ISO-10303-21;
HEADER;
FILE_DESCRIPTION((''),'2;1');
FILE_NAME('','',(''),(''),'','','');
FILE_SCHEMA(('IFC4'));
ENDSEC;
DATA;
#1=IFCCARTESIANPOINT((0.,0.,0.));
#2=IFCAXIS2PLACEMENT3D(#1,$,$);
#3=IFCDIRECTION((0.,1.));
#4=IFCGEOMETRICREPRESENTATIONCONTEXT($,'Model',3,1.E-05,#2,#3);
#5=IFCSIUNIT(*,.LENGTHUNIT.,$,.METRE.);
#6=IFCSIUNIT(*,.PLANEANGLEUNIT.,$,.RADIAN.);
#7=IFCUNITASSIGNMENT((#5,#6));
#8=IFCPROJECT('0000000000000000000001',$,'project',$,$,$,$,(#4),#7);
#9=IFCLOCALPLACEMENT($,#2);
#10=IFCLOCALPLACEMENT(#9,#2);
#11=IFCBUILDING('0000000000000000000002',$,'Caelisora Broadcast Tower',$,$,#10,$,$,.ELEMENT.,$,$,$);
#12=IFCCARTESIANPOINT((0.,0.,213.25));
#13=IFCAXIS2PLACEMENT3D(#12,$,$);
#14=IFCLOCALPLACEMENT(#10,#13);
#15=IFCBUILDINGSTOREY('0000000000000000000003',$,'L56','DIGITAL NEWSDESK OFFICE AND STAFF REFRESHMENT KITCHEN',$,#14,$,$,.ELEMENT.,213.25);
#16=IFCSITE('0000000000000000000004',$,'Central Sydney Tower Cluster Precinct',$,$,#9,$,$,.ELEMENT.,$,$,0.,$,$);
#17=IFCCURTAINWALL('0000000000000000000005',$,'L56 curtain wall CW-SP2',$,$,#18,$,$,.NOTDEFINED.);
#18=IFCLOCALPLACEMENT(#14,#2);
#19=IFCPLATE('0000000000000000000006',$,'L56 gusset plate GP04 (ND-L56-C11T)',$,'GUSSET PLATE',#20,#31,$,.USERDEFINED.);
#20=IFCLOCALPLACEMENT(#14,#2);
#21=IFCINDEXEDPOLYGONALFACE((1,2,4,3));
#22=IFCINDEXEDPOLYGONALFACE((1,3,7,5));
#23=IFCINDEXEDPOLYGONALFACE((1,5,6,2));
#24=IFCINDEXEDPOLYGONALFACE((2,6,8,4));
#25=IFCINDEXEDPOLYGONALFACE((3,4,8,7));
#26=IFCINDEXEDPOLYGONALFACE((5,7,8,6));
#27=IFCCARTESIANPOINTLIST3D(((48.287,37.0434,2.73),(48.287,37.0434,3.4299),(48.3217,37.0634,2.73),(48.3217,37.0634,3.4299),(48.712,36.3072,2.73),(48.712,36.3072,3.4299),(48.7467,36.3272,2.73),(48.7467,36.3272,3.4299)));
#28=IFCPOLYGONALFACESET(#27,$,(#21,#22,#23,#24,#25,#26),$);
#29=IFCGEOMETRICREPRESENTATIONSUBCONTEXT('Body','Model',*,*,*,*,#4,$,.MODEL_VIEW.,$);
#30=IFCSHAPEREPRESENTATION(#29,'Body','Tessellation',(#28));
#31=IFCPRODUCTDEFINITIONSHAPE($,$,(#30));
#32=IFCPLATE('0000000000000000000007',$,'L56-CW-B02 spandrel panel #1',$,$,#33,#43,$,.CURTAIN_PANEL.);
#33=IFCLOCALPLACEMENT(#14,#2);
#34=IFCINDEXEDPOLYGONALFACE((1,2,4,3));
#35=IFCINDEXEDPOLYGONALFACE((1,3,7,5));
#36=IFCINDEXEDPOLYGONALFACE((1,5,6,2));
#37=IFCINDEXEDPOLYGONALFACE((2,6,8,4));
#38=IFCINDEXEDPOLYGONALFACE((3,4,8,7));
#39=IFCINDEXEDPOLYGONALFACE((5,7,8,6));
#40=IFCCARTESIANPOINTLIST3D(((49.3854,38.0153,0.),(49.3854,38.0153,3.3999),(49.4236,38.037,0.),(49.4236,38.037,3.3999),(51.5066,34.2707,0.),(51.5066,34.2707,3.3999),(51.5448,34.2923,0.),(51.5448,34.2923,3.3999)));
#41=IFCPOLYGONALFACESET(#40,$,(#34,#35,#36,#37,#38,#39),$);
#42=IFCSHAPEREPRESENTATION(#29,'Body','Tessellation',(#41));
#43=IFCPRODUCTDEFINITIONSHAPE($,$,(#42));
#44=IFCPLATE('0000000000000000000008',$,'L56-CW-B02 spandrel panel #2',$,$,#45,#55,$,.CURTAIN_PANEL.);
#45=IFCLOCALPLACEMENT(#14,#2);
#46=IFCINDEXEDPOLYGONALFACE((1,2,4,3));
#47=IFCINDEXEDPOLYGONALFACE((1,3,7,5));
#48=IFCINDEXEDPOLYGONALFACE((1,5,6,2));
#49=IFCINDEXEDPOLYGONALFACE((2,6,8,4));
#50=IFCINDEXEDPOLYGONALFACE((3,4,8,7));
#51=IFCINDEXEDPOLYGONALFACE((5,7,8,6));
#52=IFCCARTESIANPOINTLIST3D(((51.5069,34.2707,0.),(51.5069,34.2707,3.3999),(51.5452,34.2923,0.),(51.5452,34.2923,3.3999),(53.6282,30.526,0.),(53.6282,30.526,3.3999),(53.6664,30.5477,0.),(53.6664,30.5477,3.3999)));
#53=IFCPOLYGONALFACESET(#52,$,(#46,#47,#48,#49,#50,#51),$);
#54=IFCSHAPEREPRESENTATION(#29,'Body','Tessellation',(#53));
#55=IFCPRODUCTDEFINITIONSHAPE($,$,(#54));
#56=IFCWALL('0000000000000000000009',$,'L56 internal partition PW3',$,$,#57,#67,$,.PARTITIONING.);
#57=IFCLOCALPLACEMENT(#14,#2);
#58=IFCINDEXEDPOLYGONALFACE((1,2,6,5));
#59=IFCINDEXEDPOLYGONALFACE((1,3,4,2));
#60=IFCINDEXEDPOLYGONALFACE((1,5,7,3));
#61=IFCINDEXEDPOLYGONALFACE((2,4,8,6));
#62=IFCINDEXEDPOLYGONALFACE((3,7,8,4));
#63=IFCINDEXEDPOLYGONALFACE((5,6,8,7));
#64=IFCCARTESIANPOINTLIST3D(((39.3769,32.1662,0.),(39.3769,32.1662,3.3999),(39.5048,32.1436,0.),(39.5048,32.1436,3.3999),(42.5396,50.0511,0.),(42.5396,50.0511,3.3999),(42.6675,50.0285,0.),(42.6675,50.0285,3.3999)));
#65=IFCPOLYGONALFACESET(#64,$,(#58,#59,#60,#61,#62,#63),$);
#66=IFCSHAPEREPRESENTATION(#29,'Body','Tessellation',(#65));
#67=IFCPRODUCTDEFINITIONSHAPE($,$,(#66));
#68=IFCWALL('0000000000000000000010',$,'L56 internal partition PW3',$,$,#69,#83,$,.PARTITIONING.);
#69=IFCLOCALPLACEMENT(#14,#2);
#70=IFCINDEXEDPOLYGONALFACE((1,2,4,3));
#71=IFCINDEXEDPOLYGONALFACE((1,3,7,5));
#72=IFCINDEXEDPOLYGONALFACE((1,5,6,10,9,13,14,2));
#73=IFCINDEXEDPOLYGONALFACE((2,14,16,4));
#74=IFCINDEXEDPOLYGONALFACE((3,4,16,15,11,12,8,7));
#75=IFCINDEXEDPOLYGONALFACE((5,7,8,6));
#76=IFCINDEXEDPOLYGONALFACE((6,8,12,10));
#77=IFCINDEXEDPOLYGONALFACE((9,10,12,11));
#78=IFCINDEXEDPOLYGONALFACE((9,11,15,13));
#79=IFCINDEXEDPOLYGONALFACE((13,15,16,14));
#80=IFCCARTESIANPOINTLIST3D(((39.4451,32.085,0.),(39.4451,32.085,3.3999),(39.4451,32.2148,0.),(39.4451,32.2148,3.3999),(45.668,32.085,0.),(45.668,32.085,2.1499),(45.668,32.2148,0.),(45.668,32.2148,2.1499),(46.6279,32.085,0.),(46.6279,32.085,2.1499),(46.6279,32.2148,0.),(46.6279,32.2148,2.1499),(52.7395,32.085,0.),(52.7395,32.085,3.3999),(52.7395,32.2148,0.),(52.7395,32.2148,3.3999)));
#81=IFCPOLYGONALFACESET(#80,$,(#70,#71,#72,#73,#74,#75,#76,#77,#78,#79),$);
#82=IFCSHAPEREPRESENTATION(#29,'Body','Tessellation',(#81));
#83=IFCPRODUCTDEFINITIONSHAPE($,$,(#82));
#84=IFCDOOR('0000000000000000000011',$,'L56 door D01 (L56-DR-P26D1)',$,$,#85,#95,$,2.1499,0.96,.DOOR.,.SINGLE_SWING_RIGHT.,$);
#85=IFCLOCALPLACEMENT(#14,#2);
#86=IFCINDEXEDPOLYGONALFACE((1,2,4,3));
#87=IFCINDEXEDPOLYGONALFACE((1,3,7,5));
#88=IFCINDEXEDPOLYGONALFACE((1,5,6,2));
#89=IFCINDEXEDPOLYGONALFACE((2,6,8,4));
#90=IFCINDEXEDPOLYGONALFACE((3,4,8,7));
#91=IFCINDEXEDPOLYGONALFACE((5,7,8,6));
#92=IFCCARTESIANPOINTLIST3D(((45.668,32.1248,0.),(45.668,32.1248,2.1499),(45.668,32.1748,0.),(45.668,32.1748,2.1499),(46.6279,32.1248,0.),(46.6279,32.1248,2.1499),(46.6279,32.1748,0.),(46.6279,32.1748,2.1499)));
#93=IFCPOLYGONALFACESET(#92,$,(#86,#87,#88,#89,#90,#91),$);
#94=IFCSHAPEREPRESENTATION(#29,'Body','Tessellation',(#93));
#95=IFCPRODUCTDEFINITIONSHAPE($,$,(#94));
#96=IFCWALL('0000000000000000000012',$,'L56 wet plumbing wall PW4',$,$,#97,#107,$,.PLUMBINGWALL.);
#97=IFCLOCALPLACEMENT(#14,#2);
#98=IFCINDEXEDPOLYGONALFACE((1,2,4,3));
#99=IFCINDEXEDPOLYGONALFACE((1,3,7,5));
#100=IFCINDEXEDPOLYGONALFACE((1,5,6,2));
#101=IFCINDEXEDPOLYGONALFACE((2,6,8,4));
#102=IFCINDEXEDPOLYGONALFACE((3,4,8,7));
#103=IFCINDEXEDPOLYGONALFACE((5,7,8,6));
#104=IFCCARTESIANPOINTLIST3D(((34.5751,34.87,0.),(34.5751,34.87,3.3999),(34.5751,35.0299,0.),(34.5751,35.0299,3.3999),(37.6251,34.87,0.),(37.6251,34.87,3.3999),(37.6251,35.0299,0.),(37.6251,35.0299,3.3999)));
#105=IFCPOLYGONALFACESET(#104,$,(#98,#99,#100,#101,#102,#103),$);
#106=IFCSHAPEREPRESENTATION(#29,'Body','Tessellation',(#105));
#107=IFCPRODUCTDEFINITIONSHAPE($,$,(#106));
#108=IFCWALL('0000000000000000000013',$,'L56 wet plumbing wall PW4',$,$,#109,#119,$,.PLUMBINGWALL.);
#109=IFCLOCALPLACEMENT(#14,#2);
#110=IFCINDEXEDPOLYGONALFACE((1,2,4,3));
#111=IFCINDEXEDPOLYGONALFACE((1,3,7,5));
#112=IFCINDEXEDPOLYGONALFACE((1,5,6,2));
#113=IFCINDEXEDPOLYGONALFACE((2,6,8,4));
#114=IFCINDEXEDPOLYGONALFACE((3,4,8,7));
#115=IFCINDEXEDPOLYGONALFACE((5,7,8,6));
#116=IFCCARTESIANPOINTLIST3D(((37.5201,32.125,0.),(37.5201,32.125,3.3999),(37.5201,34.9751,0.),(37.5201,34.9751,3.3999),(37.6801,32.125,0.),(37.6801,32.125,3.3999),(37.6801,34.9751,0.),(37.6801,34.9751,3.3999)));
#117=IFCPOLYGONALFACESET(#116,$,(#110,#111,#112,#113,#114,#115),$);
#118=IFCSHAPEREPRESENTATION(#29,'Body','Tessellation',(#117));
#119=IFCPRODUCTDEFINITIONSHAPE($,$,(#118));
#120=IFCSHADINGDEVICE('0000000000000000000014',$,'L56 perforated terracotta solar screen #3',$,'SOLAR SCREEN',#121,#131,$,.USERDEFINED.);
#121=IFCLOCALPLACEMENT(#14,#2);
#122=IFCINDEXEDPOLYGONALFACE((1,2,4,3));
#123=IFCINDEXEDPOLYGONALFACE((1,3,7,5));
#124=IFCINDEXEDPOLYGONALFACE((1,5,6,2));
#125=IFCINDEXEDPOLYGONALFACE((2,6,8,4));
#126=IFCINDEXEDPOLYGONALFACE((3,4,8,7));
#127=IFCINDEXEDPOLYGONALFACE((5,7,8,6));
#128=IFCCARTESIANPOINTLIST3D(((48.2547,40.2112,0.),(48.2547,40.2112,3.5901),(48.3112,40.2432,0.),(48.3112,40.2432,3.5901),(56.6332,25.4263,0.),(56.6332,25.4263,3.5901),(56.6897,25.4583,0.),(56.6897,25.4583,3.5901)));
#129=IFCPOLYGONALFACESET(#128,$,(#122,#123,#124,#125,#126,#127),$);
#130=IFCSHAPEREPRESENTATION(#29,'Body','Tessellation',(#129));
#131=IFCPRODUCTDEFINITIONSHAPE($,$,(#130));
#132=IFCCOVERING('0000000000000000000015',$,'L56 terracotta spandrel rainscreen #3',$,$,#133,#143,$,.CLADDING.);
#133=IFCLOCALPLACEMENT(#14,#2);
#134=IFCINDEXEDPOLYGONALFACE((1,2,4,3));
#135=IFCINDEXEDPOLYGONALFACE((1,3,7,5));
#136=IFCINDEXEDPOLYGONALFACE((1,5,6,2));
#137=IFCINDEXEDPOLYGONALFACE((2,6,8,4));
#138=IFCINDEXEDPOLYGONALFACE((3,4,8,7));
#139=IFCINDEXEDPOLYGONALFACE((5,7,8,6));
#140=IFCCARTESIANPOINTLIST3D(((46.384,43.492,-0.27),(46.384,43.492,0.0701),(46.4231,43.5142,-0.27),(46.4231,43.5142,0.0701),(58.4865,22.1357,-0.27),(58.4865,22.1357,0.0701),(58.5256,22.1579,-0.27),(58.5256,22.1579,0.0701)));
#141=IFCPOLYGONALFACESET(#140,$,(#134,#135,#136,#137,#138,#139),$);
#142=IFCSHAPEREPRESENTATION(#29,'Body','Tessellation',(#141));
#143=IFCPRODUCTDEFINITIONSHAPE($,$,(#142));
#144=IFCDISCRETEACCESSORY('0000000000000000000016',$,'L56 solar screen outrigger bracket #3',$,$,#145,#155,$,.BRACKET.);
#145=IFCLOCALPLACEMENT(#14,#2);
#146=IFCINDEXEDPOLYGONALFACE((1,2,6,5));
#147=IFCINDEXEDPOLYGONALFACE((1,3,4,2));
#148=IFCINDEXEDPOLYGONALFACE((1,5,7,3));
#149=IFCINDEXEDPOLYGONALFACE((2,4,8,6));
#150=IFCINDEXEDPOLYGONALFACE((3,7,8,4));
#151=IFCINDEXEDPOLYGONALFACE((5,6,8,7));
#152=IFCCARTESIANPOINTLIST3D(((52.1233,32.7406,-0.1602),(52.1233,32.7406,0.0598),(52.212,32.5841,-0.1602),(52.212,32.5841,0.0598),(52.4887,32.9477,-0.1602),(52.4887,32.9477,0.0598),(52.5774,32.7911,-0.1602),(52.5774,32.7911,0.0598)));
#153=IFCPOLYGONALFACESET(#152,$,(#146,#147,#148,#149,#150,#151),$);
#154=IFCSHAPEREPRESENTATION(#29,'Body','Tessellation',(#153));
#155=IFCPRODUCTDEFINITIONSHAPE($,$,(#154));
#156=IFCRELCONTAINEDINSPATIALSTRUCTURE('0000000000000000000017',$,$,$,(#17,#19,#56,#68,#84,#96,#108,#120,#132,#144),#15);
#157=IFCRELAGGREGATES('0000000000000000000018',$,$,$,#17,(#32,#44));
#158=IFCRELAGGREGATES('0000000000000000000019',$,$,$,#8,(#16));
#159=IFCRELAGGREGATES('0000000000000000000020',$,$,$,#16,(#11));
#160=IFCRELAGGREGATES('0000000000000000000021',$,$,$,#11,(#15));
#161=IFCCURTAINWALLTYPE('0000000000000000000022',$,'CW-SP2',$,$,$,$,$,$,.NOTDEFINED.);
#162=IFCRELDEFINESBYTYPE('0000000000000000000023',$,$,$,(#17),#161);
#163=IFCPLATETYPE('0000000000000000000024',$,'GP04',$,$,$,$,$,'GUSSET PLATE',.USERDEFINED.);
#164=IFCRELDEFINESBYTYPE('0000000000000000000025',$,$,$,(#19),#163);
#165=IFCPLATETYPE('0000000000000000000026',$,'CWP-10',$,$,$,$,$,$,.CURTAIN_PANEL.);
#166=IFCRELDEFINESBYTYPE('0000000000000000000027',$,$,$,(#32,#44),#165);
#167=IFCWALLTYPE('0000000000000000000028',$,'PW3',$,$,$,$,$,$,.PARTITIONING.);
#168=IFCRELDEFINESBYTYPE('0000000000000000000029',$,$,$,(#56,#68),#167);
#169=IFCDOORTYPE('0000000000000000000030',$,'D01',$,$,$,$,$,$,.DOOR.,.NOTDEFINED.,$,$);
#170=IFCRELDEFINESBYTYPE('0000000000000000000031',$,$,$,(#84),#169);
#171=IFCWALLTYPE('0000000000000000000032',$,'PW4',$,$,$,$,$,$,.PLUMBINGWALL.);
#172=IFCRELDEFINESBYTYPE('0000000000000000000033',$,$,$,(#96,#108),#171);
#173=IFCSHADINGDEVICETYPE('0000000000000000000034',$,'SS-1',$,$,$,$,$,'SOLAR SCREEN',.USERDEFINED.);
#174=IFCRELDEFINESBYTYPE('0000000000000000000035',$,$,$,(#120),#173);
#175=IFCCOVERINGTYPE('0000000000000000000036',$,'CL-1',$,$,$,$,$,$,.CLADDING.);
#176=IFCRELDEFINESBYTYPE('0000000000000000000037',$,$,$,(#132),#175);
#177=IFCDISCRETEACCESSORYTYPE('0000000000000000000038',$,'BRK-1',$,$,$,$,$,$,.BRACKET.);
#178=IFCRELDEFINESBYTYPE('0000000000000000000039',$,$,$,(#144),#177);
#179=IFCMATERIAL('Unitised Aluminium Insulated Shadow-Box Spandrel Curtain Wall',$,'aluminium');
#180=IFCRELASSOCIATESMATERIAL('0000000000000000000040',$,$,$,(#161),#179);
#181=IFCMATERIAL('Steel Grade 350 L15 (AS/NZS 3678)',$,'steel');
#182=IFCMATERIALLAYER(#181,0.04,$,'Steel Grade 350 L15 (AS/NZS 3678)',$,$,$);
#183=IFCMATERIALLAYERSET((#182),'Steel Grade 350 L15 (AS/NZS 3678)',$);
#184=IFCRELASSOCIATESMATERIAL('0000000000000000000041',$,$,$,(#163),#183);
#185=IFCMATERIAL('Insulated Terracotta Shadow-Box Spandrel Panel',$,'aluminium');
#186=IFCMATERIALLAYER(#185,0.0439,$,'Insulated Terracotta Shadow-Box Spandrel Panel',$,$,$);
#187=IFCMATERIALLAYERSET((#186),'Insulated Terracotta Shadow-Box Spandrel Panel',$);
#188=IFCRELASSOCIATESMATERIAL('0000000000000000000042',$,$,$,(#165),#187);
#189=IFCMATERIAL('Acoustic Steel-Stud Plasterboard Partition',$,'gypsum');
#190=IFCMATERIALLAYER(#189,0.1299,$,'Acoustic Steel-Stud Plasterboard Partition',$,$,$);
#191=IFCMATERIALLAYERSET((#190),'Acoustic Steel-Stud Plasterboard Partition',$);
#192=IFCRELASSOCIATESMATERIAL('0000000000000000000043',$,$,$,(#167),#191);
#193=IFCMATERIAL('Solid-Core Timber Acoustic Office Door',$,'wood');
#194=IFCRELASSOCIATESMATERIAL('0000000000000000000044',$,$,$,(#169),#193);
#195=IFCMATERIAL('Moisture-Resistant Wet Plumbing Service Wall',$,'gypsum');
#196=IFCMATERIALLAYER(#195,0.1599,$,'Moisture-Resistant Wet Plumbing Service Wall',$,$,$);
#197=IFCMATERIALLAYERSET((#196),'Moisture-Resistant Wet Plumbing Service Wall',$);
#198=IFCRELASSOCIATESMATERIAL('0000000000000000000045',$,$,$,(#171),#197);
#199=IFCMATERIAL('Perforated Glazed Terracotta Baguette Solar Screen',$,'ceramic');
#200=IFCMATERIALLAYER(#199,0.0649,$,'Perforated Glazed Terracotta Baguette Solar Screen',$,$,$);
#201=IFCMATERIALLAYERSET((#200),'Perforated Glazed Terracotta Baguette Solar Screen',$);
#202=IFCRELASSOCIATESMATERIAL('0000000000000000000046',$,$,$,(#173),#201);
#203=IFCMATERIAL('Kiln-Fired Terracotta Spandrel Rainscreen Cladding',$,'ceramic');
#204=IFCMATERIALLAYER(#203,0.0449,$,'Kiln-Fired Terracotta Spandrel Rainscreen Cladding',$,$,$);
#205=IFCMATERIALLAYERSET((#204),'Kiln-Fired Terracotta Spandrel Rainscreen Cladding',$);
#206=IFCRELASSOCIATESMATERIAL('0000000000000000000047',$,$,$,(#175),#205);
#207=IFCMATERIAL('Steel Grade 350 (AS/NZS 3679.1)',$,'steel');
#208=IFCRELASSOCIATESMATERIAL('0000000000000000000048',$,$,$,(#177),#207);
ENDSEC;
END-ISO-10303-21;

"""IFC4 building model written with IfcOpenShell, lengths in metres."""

from ifc_helpers import new_model, si_unit, direction, frame, frame_2d, origin, origin_2d, place, context, subcontext, project, spatial, rectangle, extrude, source, transform, mapped, material, layer, layer_set, type_object, type_shapes, element, fill, aggregate, save


model = new_model("IFC4")

# Units and contexts
model_context = context("Model", 3, precision=1e-05, world=origin(), true_north=direction((0.0, 1.0)))
body_context = subcontext(model_context, "Body", "Model", "MODEL_VIEW")
ifc_project = project(units=[si_unit("LENGTHUNIT", "METRE"), si_unit("PLANEANGLEUNIT", "RADIAN")], contexts=[model_context])

# Site, building, storey
site_placement = place(None, origin())
site = spatial("IfcSite", under=ifc_project, at=site_placement, Name="Central Sydney Tower Cluster Precinct", CompositionType="ELEMENT", RefElevation=0.0)
building_placement = place(site_placement, origin())
building = spatial("IfcBuilding", under=site, at=building_placement, Name="Caelisora Broadcast Tower", CompositionType="ELEMENT")
storey_placement = place(building_placement, frame((0.0, 0.0, 213.25)))
storey = spatial("IfcBuildingStorey", under=building, at=storey_placement, Name="L56", Description="DIGITAL NEWSDESK OFFICE AND STAFF REFRESHMENT KITCHEN", CompositionType="ELEMENT", Elevation=213.25)

# Shared definitions
ifc_material_1 = material(Name="Steel Grade 350 L15 (AS/NZS 3678)", Category="steel")

# Shared definitions
ifc_material_2 = material(Name="Steel Grade 350 (AS/NZS 3679.1)", Category="steel")

# Curtain wall
ifc_material_3 = material(Name="Unitised Aluminium Insulated Shadow-Box Spandrel Curtain Wall", Category="aluminium")
curtain_wall_type = type_object("IfcCurtainWallType", Name="CW-SP2", PredefinedType="NOTDEFINED", material=ifc_material_3)
curtain_wall_placement = place(storey_placement, origin())
curtain_wall = element("IfcCurtainWall", 1, at=curtain_wall_placement, inside=storey, type_object=curtain_wall_type, Name="L56 curtain wall CW-SP2", PredefinedType="NOTDEFINED")

# Plates
ifc_layer_1 = layer(ifc_material_1, 0.04, Name="Steel Grade 350 L15 (AS/NZS 3678)")
ifc_layer_set_1 = layer_set([ifc_layer_1], Name="Steel Grade 350 L15 (AS/NZS 3678)")
plate_type_1 = type_object("IfcPlateType", Name="GP04", ElementType="GUSSET PLATE", PredefinedType="USERDEFINED", material=ifc_layer_set_1)
shared_shape_1 = source(origin(), body_context, "Body", "SweptSolid", [
    extrude(rectangle(XDim=0.8501, YDim=0.04, at=origin_2d()), origin(), (0.0, 0.0, 1.0), 0.7),
])
type_shapes(plate_type_1, [shared_shape_1])
plate_1_placement = place(storey_placement, frame((48.5168, 36.6853, 2.73), z_axis=(0.0, 0.0, 1.0), x_axis=(-0.5, 0.866025, 0.0)))
element("IfcPlate", 2, at=plate_1_placement, inside=storey, type_object=plate_type_1, Name="L56 gusset plate GP04 (ND-L56-C11T)", ObjectType="GUSSET PLATE", PredefinedType="USERDEFINED", context=body_context, shape_type="MappedRepresentation", body=[
    mapped(shared_shape_1, transform((0.0, 0.0, 0.0), scale=1.0)),
])
ifc_material_4 = material(Name="Insulated Terracotta Shadow-Box Spandrel Panel", Category="aluminium")
ifc_layer_2 = layer(ifc_material_4, 0.0439, Name="Insulated Terracotta Shadow-Box Spandrel Panel")
ifc_layer_set_2 = layer_set([ifc_layer_2], Name="Insulated Terracotta Shadow-Box Spandrel Panel")
plate_type_2 = type_object("IfcPlateType", Name="CWP-10", PredefinedType="CURTAIN_PANEL", material=ifc_layer_set_2)
shared_shape_2 = source(origin(), body_context, "Body", "SweptSolid", [
    extrude(rectangle(XDim=4.3037, YDim=0.0439, at=origin_2d()), origin(), (0.0, 0.0, 1.0), 3.3999),
])
type_shapes(plate_type_2, [shared_shape_2])
plate_2_placement = place(storey_placement, frame((50.4651, 36.1538, 0.0), z_axis=(0.0, 0.0, 1.0), x_axis=(0.492879, -0.870098, 0.0)))
plate_2 = element("IfcPlate", 3, at=plate_2_placement, type_object=plate_type_2, Name="L56-CW-B02 spandrel panel #1", PredefinedType="CURTAIN_PANEL", context=body_context, shape_type="MappedRepresentation", body=[
    mapped(shared_shape_2, transform((0.0, 0.0, 0.0), scale=1.0)),
])
plate_3_placement = place(storey_placement, frame((52.5867, 32.4092, 0.0), z_axis=(0.0, 0.0, 1.0), x_axis=(0.492879, -0.870098, 0.0)))
plate_3 = element("IfcPlate", 4, at=plate_3_placement, type_object=plate_type_2, Name="L56-CW-B02 spandrel panel #2", PredefinedType="CURTAIN_PANEL", context=body_context, shape_type="MappedRepresentation", body=[
    mapped(shared_shape_2, transform((0.0, 0.0, 0.0), scale=1.0)),
])
aggregate(curtain_wall, [plate_2, plate_3])

# Wall
ifc_material_5 = material(Name="Acoustic Steel-Stud Plasterboard Partition", Category="gypsum")
ifc_layer_3 = layer(ifc_material_5, 0.1299, Name="Acoustic Steel-Stud Plasterboard Partition")
ifc_layer_set_3 = layer_set([ifc_layer_3], Name="Acoustic Steel-Stud Plasterboard Partition")
wall_type_1 = type_object("IfcWallType", Name="PW3", PredefinedType="PARTITIONING", material=ifc_layer_set_3)
wall_1_placement = place(storey_placement, frame((39.4409, 32.155, 0.0), z_axis=(0.0, 0.0, 1.0), x_axis=(0.17413, 0.984723, 0.0)))
element("IfcWall", 5, at=wall_1_placement, inside=storey, type_object=wall_type_1, Name="L56 internal partition PW3", PredefinedType="PARTITIONING", context=body_context, shape_type="SweptSolid", body=[
    extrude(rectangle(XDim=18.1624, YDim=0.1299, at=frame_2d((9.0811, 0.0))), origin(), (0.0, 0.0, 1.0), 3.3999),
])

# Wall, opening, door
wall_2_placement = place(storey_placement, frame((39.4451, 32.1499, 0.0), z_axis=(0.0, 0.0, 1.0), x_axis=(1.0, 0.0, 0.0)))
wall_2 = element("IfcWall", 6, at=wall_2_placement, inside=storey, type_object=wall_type_1, Name="L56 internal partition PW3", PredefinedType="PARTITIONING", context=body_context, shape_type="SweptSolid", body=[
    extrude(rectangle(XDim=13.2944, YDim=0.1299, at=frame_2d((6.6472, 0.0))), origin(), (0.0, 0.0, 1.0), 3.3999),
])
opening_1_placement = place(wall_2_placement, frame((6.2229, 0.0, 0.0)))
opening_1 = element("IfcOpeningElement", 7, at=opening_1_placement, cuts=wall_2, PredefinedType="OPENING", context=body_context, shape_type="SweptSolid", body=[
    extrude(rectangle(XDim=0.96, YDim=2.1499, at=frame_2d((0.48, 1.075))), frame((0.0, 0.0769, 0.0), z_axis=(0.0, -1.0, 0.0), x_axis=(1.0, 0.0, 0.0)), (0.0, 0.0, 1.0), 0.1538),
])
ifc_material_6 = material(Name="Solid-Core Timber Acoustic Office Door", Category="wood")
door_type = type_object("IfcDoorType", Name="D01", OperationType="NOTDEFINED", PredefinedType="DOOR", material=ifc_material_6)
door_1_placement = place(opening_1_placement, origin())
door_1 = element("IfcDoor", 8, at=door_1_placement, inside=storey, type_object=door_type, Name="L56 door D01 (L56-DR-P26D1)", OperationType="SINGLE_SWING_RIGHT", OverallHeight=2.1499, OverallWidth=0.96, PredefinedType="DOOR", context=body_context, shape_type="SweptSolid", body=[
    extrude(rectangle(XDim=0.96, YDim=2.1499, at=frame_2d((0.48, 1.075))), frame((0.0, 0.0249, 0.0), z_axis=(0.0, -1.0, 0.0), x_axis=(1.0, 0.0, 0.0)), (0.0, 0.0, 1.0), 0.05),
])
fill(opening_1, door_1)

# Walls
ifc_material_7 = material(Name="Moisture-Resistant Wet Plumbing Service Wall", Category="gypsum")
ifc_layer_4 = layer(ifc_material_7, 0.1599, Name="Moisture-Resistant Wet Plumbing Service Wall")
ifc_layer_set_4 = layer_set([ifc_layer_4], Name="Moisture-Resistant Wet Plumbing Service Wall")
wall_type_2 = type_object("IfcWallType", Name="PW4", PredefinedType="PLUMBINGWALL", material=ifc_layer_set_4)
wall_3_placement = place(storey_placement, frame((37.625, 34.95, 0.0), z_axis=(0.0, 0.0, 1.0), x_axis=(-1.0, 0.0, 0.0)))
element("IfcWall", 9, at=wall_3_placement, inside=storey, type_object=wall_type_2, Name="L56 wet plumbing wall PW4", PredefinedType="PLUMBINGWALL", context=body_context, shape_type="SweptSolid", body=[
    extrude(rectangle(XDim=3.05, YDim=0.1599, at=frame_2d((1.5249, 0.0))), origin(), (0.0, 0.0, 1.0), 3.3999),
])
wall_4_placement = place(storey_placement, frame((37.6001, 32.125, 0.0), z_axis=(0.0, 0.0, 1.0), x_axis=(0.0, 1.0, 0.0)))
element("IfcWall", 10, at=wall_4_placement, inside=storey, type_object=wall_type_2, Name="L56 wet plumbing wall PW4", PredefinedType="PLUMBINGWALL", context=body_context, shape_type="SweptSolid", body=[
    extrude(rectangle(XDim=2.8501, YDim=0.1599, at=frame_2d((1.425, 0.0))), origin(), (0.0, 0.0, 1.0), 3.3999),
])

# Shading device
ifc_material_8 = material(Name="Perforated Glazed Terracotta Baguette Solar Screen", Category="ceramic")
ifc_layer_5 = layer(ifc_material_8, 0.0649, Name="Perforated Glazed Terracotta Baguette Solar Screen")
ifc_layer_set_5 = layer_set([ifc_layer_5], Name="Perforated Glazed Terracotta Baguette Solar Screen")
shading_device_type = type_object("IfcShadingDeviceType", Name="SS-1", ElementType="SOLAR SCREEN", PredefinedType="USERDEFINED", material=ifc_layer_set_5)
shared_shape_3 = source(origin(), body_context, "Body", "SweptSolid", [
    extrude(rectangle(XDim=16.9939, YDim=0.0649, at=origin_2d()), origin(), (0.0, 0.0, 1.0), 3.5901),
])
type_shapes(shading_device_type, [shared_shape_3])
shading_device_placement = place(storey_placement, frame((52.4722, 32.8347, 0.0), z_axis=(0.0, 0.0, 1.0), x_axis=(-0.493031, 0.870012, 0.0)))
element("IfcShadingDevice", 11, at=shading_device_placement, inside=storey, type_object=shading_device_type, Name="L56 perforated terracotta solar screen #3", ObjectType="SOLAR SCREEN", PredefinedType="USERDEFINED", context=body_context, shape_type="MappedRepresentation", body=[
    mapped(shared_shape_3, transform((0.0, 0.0, 0.0), scale=1.0)),
])

# Covering
ifc_material_9 = material(Name="Kiln-Fired Terracotta Spandrel Rainscreen Cladding", Category="ceramic")
ifc_layer_6 = layer(ifc_material_9, 0.0449, Name="Kiln-Fired Terracotta Spandrel Rainscreen Cladding")
ifc_layer_set_6 = layer_set([ifc_layer_6], Name="Kiln-Fired Terracotta Spandrel Rainscreen Cladding")
covering_type = type_object("IfcCoveringType", Name="CL-1", PredefinedType="CLADDING", material=ifc_layer_set_6)
shared_shape_4 = source(origin(), body_context, "Body", "SweptSolid", [
    extrude(rectangle(XDim=24.5471, YDim=0.0449, at=origin_2d()), origin(), (0.0, 0.0, 1.0), 0.3401),
])
type_shapes(covering_type, [shared_shape_4])
covering_placement = place(storey_placement, frame((52.4548, 32.825, -0.27), z_axis=(0.0, 0.0, 1.0), x_axis=(-0.493031, 0.870012, 0.0)))
element("IfcCovering", 12, at=covering_placement, inside=storey, type_object=covering_type, Name="L56 terracotta spandrel rainscreen #3", PredefinedType="CLADDING", context=body_context, shape_type="MappedRepresentation", body=[
    mapped(shared_shape_4, transform((0.0, 0.0, 0.0), scale=1.0)),
])

# Discrete accessory
discrete_accessory_type = type_object("IfcDiscreteAccessoryType", Name="BRK-1", PredefinedType="BRACKET", material=ifc_material_2)
shared_shape_5 = source(origin(), body_context, "Body", "SweptSolid", [
    extrude(rectangle(XDim=0.1799, YDim=0.4199, at=origin_2d()), origin(), (0.0, 0.0, 1.0), 0.22),
])
type_shapes(discrete_accessory_type, [shared_shape_5])
discrete_accessory_placement = place(storey_placement, frame((52.3503, 32.7659, -0.1602), z_axis=(0.0, 0.0, 1.0), x_axis=(-0.493031, 0.870012, 0.0)))
element("IfcDiscreteAccessory", 13, at=discrete_accessory_placement, inside=storey, type_object=discrete_accessory_type, Name="L56 solar screen outrigger bracket #3", PredefinedType="BRACKET", context=body_context, shape_type="MappedRepresentation", body=[
    mapped(shared_shape_5, transform((0.0, 0.0, 0.0), scale=1.0)),
])

save(model, "model.ifc")
